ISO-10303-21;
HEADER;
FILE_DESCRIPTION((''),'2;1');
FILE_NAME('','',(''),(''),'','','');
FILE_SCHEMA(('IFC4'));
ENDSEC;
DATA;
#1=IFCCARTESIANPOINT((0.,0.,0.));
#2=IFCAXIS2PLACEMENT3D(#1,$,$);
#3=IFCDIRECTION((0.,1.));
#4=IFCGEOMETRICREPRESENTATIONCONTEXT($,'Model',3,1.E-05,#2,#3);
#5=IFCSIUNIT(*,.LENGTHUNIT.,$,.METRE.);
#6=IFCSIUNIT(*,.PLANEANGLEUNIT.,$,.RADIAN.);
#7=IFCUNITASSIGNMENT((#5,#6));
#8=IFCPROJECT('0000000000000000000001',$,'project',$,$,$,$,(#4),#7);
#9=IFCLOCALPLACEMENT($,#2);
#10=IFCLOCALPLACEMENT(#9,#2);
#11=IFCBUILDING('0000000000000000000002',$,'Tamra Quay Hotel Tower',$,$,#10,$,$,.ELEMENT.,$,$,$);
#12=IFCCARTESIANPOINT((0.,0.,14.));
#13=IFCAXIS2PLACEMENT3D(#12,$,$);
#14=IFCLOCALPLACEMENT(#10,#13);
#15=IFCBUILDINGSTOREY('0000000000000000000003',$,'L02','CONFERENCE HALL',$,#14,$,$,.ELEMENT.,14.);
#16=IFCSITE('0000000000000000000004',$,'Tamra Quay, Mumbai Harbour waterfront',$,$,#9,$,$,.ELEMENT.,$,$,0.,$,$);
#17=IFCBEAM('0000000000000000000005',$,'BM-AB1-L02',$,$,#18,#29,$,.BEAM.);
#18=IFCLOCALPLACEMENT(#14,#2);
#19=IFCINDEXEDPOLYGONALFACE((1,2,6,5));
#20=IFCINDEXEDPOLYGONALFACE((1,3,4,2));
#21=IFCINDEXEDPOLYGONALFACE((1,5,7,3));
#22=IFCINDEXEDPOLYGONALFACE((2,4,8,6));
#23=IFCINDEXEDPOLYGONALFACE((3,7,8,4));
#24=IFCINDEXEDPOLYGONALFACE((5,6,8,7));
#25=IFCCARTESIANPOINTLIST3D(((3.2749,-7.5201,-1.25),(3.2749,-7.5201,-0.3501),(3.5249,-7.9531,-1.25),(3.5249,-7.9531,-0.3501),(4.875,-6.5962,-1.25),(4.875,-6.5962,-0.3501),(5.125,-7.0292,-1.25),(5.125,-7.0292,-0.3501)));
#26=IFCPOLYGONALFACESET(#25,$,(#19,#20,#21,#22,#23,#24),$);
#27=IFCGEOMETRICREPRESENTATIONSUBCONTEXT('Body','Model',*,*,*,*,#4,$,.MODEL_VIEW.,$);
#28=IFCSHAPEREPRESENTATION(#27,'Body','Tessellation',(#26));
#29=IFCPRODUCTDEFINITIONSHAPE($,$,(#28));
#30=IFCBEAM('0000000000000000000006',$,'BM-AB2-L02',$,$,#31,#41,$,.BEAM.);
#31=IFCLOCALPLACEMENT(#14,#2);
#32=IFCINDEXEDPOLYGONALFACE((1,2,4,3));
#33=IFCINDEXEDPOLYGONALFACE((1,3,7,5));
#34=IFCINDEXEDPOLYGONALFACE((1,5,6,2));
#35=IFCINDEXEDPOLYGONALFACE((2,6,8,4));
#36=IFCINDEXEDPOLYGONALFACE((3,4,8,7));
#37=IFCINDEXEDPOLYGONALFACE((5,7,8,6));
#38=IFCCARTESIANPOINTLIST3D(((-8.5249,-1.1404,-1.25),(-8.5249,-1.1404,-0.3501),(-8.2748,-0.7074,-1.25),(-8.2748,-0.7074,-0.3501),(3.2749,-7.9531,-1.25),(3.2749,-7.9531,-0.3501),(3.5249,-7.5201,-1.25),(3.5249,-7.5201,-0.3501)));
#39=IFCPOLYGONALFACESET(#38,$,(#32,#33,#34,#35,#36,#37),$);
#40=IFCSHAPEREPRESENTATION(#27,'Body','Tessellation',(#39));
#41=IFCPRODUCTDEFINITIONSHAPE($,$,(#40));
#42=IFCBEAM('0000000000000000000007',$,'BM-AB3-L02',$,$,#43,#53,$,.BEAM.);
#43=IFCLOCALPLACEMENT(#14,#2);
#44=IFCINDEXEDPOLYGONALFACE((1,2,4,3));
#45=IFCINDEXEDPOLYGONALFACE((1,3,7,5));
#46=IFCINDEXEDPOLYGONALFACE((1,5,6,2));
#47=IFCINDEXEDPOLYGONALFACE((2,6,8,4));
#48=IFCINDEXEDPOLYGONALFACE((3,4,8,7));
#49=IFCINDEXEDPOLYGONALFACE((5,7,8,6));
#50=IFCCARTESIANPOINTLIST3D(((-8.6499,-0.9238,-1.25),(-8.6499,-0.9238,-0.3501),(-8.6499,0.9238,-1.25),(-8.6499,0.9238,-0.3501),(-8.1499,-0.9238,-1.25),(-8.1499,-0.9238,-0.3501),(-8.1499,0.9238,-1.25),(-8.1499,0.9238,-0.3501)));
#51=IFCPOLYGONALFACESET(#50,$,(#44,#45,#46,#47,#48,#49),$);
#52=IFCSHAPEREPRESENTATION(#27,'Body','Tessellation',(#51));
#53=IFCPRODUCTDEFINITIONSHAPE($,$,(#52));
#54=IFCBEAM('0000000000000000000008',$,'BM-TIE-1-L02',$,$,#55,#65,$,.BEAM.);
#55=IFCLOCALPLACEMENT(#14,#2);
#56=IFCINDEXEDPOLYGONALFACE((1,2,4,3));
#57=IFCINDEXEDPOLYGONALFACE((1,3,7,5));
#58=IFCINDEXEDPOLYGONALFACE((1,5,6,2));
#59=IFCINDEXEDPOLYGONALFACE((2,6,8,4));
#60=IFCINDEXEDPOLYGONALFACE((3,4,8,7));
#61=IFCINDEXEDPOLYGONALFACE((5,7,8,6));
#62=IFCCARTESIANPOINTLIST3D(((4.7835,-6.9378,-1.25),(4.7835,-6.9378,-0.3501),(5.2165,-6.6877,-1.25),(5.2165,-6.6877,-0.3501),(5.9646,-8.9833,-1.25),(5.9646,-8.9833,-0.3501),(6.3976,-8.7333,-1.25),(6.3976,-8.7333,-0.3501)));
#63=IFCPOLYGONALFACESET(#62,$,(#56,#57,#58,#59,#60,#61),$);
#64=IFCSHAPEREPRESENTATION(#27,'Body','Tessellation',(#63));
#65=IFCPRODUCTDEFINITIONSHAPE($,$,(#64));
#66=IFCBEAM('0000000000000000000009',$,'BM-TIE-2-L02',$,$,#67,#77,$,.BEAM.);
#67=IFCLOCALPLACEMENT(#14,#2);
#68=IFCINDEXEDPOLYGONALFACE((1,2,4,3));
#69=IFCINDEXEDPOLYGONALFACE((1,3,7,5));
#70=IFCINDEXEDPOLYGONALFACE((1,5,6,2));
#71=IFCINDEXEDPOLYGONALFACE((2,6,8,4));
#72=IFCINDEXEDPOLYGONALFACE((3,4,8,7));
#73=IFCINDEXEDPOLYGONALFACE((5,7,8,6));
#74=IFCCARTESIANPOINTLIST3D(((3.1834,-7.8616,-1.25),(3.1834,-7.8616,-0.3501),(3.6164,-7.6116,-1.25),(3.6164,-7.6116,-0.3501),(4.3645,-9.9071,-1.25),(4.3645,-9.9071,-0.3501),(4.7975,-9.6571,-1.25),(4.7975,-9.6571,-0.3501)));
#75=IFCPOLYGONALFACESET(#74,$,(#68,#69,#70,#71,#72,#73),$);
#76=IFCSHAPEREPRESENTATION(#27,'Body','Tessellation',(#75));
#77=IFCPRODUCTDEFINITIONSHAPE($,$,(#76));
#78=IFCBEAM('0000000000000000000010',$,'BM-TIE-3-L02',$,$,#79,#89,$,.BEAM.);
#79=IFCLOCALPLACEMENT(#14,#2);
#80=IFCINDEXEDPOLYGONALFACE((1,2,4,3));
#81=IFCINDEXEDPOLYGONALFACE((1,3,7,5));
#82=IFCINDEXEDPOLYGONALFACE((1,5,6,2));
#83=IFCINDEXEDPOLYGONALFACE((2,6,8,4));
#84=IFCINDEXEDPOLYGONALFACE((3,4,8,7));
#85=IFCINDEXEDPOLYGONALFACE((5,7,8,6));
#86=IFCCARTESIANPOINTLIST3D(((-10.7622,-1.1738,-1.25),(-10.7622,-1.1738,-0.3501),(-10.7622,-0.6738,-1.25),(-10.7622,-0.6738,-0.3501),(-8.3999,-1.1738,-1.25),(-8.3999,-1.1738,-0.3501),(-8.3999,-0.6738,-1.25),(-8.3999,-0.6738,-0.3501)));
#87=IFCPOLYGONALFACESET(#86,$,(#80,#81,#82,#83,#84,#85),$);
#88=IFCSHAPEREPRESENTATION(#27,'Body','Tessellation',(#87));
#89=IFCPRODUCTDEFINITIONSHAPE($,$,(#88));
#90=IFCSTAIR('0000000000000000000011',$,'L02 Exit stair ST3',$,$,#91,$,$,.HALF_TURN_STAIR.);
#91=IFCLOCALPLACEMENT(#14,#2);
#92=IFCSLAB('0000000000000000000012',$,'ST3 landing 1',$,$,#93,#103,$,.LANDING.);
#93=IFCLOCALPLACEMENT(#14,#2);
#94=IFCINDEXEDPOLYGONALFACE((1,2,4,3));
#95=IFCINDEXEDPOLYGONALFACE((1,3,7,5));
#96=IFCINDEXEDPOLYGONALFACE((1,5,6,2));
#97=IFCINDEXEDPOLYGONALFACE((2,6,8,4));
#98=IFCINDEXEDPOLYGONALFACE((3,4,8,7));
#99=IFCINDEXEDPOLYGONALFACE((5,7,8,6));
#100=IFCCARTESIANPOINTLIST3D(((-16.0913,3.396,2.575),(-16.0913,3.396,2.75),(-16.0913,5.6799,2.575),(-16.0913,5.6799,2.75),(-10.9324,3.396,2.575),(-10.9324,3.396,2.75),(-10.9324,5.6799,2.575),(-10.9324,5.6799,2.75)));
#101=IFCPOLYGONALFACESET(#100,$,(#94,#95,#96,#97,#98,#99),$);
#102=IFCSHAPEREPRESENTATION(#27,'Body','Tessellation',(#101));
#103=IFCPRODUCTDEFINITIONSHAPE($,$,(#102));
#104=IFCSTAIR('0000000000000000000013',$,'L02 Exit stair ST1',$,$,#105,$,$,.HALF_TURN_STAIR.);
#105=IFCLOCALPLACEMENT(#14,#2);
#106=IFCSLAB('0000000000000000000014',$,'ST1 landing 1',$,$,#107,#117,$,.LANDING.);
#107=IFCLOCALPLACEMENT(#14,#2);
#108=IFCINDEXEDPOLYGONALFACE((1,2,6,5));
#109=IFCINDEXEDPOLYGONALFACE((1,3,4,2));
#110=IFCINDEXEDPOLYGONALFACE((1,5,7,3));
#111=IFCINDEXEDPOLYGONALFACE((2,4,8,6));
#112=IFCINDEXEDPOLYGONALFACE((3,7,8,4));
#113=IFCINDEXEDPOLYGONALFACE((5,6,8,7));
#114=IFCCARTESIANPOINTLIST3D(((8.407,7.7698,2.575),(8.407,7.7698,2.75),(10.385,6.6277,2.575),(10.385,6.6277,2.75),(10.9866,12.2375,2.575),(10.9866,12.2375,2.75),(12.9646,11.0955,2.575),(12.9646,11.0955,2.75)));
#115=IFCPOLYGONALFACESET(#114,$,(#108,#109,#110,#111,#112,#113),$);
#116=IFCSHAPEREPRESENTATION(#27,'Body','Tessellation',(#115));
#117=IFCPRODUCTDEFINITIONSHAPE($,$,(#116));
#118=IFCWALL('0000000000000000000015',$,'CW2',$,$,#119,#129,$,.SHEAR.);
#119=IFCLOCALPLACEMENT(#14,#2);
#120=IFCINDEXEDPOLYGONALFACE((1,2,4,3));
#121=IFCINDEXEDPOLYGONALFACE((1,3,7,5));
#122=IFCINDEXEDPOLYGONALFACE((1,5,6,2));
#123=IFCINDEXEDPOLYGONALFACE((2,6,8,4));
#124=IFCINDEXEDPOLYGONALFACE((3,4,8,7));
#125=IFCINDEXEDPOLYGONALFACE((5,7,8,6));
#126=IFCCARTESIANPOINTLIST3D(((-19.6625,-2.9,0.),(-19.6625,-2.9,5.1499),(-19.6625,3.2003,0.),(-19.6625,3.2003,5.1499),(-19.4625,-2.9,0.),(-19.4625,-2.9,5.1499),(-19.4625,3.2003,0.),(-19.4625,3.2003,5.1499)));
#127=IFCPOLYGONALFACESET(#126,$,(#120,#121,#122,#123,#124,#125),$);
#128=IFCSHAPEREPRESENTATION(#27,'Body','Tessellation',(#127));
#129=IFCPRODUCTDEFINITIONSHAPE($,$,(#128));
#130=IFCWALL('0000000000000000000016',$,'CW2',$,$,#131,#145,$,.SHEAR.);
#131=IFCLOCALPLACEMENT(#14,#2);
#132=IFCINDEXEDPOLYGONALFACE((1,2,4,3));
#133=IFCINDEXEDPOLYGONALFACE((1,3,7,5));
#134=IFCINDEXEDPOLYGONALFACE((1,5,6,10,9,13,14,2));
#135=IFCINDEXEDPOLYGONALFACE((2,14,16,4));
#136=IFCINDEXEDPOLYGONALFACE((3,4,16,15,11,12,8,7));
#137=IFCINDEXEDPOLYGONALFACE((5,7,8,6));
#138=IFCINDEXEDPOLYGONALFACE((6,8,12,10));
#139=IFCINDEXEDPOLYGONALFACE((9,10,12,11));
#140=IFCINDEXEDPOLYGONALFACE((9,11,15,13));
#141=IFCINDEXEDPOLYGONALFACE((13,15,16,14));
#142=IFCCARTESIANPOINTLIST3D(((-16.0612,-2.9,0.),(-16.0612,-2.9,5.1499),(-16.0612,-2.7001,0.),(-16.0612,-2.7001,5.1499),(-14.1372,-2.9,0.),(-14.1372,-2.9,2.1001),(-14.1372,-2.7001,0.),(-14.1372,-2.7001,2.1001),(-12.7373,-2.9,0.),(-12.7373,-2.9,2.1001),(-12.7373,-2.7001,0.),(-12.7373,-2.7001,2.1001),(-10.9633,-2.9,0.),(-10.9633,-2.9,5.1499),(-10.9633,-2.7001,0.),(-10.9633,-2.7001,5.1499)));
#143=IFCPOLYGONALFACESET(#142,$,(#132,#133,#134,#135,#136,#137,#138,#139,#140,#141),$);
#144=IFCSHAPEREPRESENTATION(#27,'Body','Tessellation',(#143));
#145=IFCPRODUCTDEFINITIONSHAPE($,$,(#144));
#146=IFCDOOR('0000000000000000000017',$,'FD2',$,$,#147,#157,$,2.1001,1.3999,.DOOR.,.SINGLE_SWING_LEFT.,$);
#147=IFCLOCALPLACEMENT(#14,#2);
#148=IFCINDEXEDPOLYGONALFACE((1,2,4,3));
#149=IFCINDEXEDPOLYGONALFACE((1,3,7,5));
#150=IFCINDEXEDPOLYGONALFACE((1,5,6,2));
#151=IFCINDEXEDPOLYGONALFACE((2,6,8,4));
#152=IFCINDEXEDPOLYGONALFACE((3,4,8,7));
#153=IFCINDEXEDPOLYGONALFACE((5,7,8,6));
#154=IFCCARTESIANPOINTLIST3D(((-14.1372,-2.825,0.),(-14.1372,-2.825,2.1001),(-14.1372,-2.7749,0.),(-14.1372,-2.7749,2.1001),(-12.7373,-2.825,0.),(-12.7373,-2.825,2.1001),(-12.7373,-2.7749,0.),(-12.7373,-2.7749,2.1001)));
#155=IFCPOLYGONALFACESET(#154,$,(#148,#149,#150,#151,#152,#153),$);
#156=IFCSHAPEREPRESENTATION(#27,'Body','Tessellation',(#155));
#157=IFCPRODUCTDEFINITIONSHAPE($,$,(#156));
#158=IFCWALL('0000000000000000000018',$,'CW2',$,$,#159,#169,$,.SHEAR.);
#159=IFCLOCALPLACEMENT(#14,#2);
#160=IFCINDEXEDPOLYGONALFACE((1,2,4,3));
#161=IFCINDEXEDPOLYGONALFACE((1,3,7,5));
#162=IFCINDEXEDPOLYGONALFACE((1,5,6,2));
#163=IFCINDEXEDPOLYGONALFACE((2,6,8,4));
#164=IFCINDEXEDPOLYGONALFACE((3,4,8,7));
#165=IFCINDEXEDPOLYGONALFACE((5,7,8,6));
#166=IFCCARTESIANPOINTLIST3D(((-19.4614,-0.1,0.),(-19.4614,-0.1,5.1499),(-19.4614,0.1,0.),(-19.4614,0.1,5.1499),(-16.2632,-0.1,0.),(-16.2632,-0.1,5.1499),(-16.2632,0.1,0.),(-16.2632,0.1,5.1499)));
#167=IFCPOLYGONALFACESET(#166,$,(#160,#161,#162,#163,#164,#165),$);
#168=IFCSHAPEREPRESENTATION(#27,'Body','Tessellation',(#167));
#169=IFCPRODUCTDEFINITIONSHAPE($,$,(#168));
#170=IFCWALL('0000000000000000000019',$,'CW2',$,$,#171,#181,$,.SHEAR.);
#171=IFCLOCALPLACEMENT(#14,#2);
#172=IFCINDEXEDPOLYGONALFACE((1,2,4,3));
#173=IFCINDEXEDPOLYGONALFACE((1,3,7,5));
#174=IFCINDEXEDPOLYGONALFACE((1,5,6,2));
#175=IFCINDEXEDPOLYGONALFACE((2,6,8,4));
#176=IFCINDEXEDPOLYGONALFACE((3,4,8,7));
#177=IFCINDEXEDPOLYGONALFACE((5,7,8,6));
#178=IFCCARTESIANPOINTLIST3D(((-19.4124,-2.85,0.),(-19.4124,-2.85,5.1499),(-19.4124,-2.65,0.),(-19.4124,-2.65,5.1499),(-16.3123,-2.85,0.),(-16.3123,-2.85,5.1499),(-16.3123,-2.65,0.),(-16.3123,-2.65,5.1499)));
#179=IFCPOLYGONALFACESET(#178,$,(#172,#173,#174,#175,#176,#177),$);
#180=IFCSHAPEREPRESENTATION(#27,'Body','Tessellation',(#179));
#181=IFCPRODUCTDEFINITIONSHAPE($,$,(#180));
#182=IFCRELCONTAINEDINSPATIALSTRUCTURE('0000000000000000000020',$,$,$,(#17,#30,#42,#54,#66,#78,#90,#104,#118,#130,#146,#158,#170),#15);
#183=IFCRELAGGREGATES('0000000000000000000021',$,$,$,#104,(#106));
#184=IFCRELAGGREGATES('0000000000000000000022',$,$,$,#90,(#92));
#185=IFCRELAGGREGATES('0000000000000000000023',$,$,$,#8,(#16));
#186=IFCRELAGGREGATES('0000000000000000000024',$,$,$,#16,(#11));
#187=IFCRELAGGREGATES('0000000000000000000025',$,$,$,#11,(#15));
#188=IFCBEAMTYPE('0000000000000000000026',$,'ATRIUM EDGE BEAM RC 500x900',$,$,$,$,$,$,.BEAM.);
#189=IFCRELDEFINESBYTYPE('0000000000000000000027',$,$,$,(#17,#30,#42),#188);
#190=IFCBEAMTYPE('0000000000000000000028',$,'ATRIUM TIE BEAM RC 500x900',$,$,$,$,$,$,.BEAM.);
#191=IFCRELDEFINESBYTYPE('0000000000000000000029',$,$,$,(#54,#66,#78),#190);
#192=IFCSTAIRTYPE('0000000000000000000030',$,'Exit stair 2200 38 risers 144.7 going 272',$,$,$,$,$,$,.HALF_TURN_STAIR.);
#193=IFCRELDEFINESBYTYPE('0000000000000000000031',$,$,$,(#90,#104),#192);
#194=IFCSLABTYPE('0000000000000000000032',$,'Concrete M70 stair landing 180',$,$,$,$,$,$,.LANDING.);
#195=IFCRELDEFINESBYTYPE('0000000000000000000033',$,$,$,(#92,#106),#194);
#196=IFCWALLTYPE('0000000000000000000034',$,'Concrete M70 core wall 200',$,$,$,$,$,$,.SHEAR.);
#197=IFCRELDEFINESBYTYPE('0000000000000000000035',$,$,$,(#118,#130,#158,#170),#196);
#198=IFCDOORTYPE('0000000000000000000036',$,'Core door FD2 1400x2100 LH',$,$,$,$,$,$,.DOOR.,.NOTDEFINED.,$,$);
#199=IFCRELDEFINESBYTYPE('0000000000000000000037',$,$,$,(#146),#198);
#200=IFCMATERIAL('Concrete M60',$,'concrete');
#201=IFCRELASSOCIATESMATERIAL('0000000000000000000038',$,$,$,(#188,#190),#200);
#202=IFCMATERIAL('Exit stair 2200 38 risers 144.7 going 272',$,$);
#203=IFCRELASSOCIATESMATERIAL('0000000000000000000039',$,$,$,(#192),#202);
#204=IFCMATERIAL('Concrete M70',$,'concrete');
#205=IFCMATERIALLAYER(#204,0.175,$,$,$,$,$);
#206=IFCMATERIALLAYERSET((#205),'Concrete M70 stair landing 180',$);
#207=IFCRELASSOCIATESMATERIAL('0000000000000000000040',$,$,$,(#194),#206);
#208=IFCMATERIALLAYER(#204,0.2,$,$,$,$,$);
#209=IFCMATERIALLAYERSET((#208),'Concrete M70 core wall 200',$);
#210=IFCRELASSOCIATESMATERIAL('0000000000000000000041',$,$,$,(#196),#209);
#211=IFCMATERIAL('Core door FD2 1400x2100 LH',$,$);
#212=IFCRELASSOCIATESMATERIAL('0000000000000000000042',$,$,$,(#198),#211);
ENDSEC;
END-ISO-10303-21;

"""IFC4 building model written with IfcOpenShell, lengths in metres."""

from ifc_helpers import new_model, si_unit, direction, frame, frame_2d, origin, origin_2d, place, context, subcontext, project, spatial, polyline, rectangle, outline, extrude, material, layer, layer_set, material_profile, profile_set, type_object, element, fill, aggregate, save


model = new_model("IFC4")

# Units and contexts
model_context = context("Model", 3, precision=1e-05, world=origin(), true_north=direction((0.0, 1.0)))
body_context = subcontext(model_context, "Body", "Model", "MODEL_VIEW")
ifc_project = project(units=[si_unit("LENGTHUNIT", "METRE"), si_unit("PLANEANGLEUNIT", "RADIAN")], contexts=[model_context])

# Site, building, storey
site_placement = place(None, origin())
site = spatial("IfcSite", under=ifc_project, at=site_placement, Name="Tamra Quay, Mumbai Harbour waterfront", CompositionType="ELEMENT", RefElevation=0.0)
building_placement = place(site_placement, origin())
building = spatial("IfcBuilding", under=site, at=building_placement, Name="Tamra Quay Hotel Tower", CompositionType="ELEMENT")
storey_placement = place(building_placement, frame((0.0, 0.0, 14.0)))
storey = spatial("IfcBuildingStorey", under=building, at=storey_placement, Name="L02", Description="CONFERENCE HALL", CompositionType="ELEMENT", Elevation=14.0)

# Beams
ifc_material_1 = material(Name="Concrete M60", Category="concrete")
ifc_material_profile_1 = material_profile(ifc_material_1, rectangle(XDim=0.5, YDim=0.8999, at=origin_2d()), Name="ATRIUM EDGE BEAM RC 500x900")
ifc_profile_set_1 = profile_set([ifc_material_profile_1], Name="Concrete M60")
beam_type_1 = type_object("IfcBeamType", Name="ATRIUM EDGE BEAM RC 500x900", PredefinedType="BEAM", material=ifc_profile_set_1)
beam_1_placement = place(storey_placement, frame((5.0, -6.8127, -0.8), z_axis=(-0.866023, -0.500005, 0.0), x_axis=(0.500005, -0.866023, 0.0)))
element("IfcBeam", 1, at=beam_1_placement, inside=storey, type_object=beam_type_1, Name="BM-AB1-L02", PredefinedType="BEAM", context=body_context, shape_type="SweptSolid", body=[
    extrude(rectangle(XDim=0.5, YDim=0.8999, at=origin_2d()), origin(), (0.0, 0.0, 1.0), 1.8477),
])
beam_2_placement = place(storey_placement, frame((3.3999, -7.7366, -0.8), z_axis=(-0.866021, 0.500007, 0.0), x_axis=(-0.500007, -0.866021, 0.0)))
element("IfcBeam", 2, at=beam_2_placement, inside=storey, type_object=beam_type_1, Name="BM-AB2-L02", PredefinedType="BEAM", context=body_context, shape_type="SweptSolid", body=[
    extrude(rectangle(XDim=0.5, YDim=0.8999, at=origin_2d()), origin(), (0.0, 0.0, 1.0), 13.6252),
])
beam_3_placement = place(storey_placement, frame((-8.3999, -0.9238, -0.8), z_axis=(0.0, 1.0, 0.0), x_axis=(-1.0, 0.0, 0.0)))
element("IfcBeam", 3, at=beam_3_placement, inside=storey, type_object=beam_type_1, Name="BM-AB3-L02", PredefinedType="BEAM", context=body_context, shape_type="SweptSolid", body=[
    extrude(rectangle(XDim=0.5, YDim=0.8999, at=origin_2d()), origin(), (0.0, 0.0, 1.0), 1.8477),
])
ifc_material_profile_2 = material_profile(ifc_material_1, rectangle(XDim=0.5, YDim=0.8999, at=origin_2d()), Name="ATRIUM TIE BEAM RC 500x900")
ifc_profile_set_2 = profile_set([ifc_material_profile_2], Name="Concrete M60")
beam_type_2 = type_object("IfcBeamType", Name="ATRIUM TIE BEAM RC 500x900", PredefinedType="BEAM", material=ifc_profile_set_2)
for number, where, z_axis, x_axis, name in (
    (4, (5.0, -6.8127, -0.8), (0.50003, -0.866008, 0.0), (0.866008, 0.50003, 0.0), "BM-TIE-1-L02"),
    (5, (3.3999, -7.7366, -0.8), (0.50003, -0.866008, 0.0), (0.866008, 0.50003, 0.0), "BM-TIE-2-L02"),
):
    element("IfcBeam", number, at=place(storey_placement, frame(where, z_axis=z_axis, x_axis=x_axis)), inside=storey, type_object=beam_type_2, Name=name, PredefinedType="BEAM", context=body_context, shape_type="SweptSolid", body=[
        extrude(rectangle(XDim=0.5, YDim=0.8999, at=origin_2d()), origin(), (0.0, 0.0, 1.0), 2.3621),
    ])
beam_4_placement = place(storey_placement, frame((-8.3999, -0.9238, -0.8), z_axis=(-1.0, 0.0, 0.0), x_axis=(0.0, -1.0, 0.0)))
element("IfcBeam", 6, at=beam_4_placement, inside=storey, type_object=beam_type_2, Name="BM-TIE-3-L02", PredefinedType="BEAM", context=body_context, shape_type="SweptSolid", body=[
    extrude(rectangle(XDim=0.5, YDim=0.8999, at=origin_2d()), origin(), (0.0, 0.0, 1.0), 2.3623),
])

# Stairs, slabs
ifc_material_2 = material(Name="Exit stair 2200 38 risers 144.7 going 272")
stair_type = type_object("IfcStairType", Name="Exit stair 2200 38 risers 144.7 going 272", PredefinedType="HALF_TURN_STAIR", material=ifc_material_2)
stair_1_placement = place(storey_placement, origin())
stair_1 = element("IfcStair", 7, at=stair_1_placement, inside=storey, type_object=stair_type, Name="L02 Exit stair ST3", PredefinedType="HALF_TURN_STAIR")
ifc_material_3 = material(Name="Concrete M70", Category="concrete")
ifc_layer_1 = layer(ifc_material_3, 0.175)
ifc_layer_set_1 = layer_set([ifc_layer_1], Name="Concrete M70 stair landing 180")
slab_type_1 = type_object("IfcSlabType", Name="Concrete M70 stair landing 180", PredefinedType="LANDING", material=ifc_layer_set_1)
slab_1_placement = place(storey_placement, frame((0.0, 0.0, 2.575)))
slab_1 = element("IfcSlab", 8, at=slab_1_placement, type_object=slab_type_1, Name="ST3 landing 1", PredefinedType="LANDING", context=body_context, shape_type="SweptSolid", body=[
    extrude(outline(polyline([(-10.9324, 3.396), (-10.9324, 5.6799), (-16.0913, 5.6799), (-16.0913, 3.396), (-10.9324, 3.396)])), origin(), (0.0, 0.0, 1.0), 0.175),
])
stair_2_placement = place(storey_placement, origin())
stair_2 = element("IfcStair", 9, at=stair_2_placement, inside=storey, type_object=stair_type, Name="L02 Exit stair ST1", PredefinedType="HALF_TURN_STAIR")
slab_2_placement = place(storey_placement, frame((0.0, 0.0, 2.575)))
slab_2 = element("IfcSlab", 10, at=slab_2_placement, type_object=slab_type_1, Name="ST1 landing 1", PredefinedType="LANDING", context=body_context, shape_type="SweptSolid", body=[
    extrude(outline(polyline([(8.407, 7.7698), (10.385, 6.6277), (12.9646, 11.0955), (10.9866, 12.2375), (8.407, 7.7698)])), origin(), (0.0, 0.0, 1.0), 0.175),
])
aggregate(stair_2, [slab_2])

# Wall
ifc_layer_2 = layer(ifc_material_3, 0.2)
ifc_layer_set_2 = layer_set([ifc_layer_2], Name="Concrete M70 core wall 200")
wall_type_1 = type_object("IfcWallType", Name="Concrete M70 core wall 200", PredefinedType="SHEAR", material=ifc_layer_set_2)
wall_1_placement = place(storey_placement, frame((-19.5625, -2.9001, 0.0), z_axis=(0.0, 0.0, 1.0), x_axis=(0.0, 1.0, 0.0)))
element("IfcWall", 11, at=wall_1_placement, inside=storey, type_object=wall_type_1, Name="CW2", PredefinedType="SHEAR", context=body_context, shape_type="SweptSolid", body=[
    extrude(rectangle(XDim=6.1003, YDim=0.2, at=frame_2d((3.0503, 0.0))), origin(), (0.0, 0.0, 1.0), 5.1499),
])

# Wall, opening, door
wall_2_placement = place(storey_placement, frame((-10.9634, -2.8, 0.0), z_axis=(0.0, 0.0, 1.0), x_axis=(-1.0, 0.0, 0.0)))
wall_2 = element("IfcWall", 12, at=wall_2_placement, inside=storey, type_object=wall_type_1, Name="CW2", PredefinedType="SHEAR", context=body_context, shape_type="SweptSolid", body=[
    extrude(rectangle(XDim=5.0979, YDim=0.2, at=frame_2d((2.5488, 0.0))), origin(), (0.0, 0.0, 1.0), 5.1499),
])
opening_1_placement = place(wall_2_placement, frame((1.7739, 0.0, 0.0)))
opening_1 = element("IfcOpeningElement", 13, at=opening_1_placement, cuts=wall_2, PredefinedType="OPENING", context=body_context, shape_type="SweptSolid", body=[
    extrude(rectangle(XDim=1.3999, YDim=2.1001, at=frame_2d((0.7, 1.05))), frame((0.0, 0.1099, 0.0), z_axis=(0.0, -1.0, 0.0), x_axis=(1.0, 0.0, 0.0)), (0.0, 0.0, 1.0), 0.22),
])
ifc_material_4 = material(Name="Core door FD2 1400x2100 LH")
door_type_1 = type_object("IfcDoorType", Name="Core door FD2 1400x2100 LH", OperationType="NOTDEFINED", PredefinedType="DOOR", material=ifc_material_4)
door_1_placement = place(opening_1_placement, origin())
door_1 = element("IfcDoor", 14, at=door_1_placement, inside=storey, type_object=door_type_1, Name="FD2", OperationType="SINGLE_SWING_LEFT", OverallHeight=2.1001, OverallWidth=1.3999, PredefinedType="DOOR", context=body_context, shape_type="SweptSolid", body=[
    extrude(rectangle(XDim=1.3999, YDim=2.1001, at=frame_2d((0.7, 1.05))), frame((0.0, 0.0249, 0.0), z_axis=(0.0, -1.0, 0.0), x_axis=(1.0, 0.0, 0.0)), (0.0, 0.0, 1.0), 0.05),
])
fill(opening_1, door_1)

# Walls
wall_3_placement = place(storey_placement, frame((-16.2632, 0.0, 0.0), z_axis=(0.0, 0.0, 1.0), x_axis=(-1.0, 0.0, 0.0)))
element("IfcWall", 15, at=wall_3_placement, inside=storey, type_object=wall_type_1, Name="CW2", PredefinedType="SHEAR", context=body_context, shape_type="SweptSolid", body=[
    extrude(rectangle(XDim=3.1982, YDim=0.2, at=frame_2d((1.5991, 0.0))), origin(), (0.0, 0.0, 1.0), 5.1499),
])
wall_4_placement = place(storey_placement, frame((-19.4124, -2.75, 0.0), z_axis=(0.0, 0.0, 1.0), x_axis=(1.0, 0.0, 0.0)))
element("IfcWall", 16, at=wall_4_placement, inside=storey, type_object=wall_type_1, Name="CW2", PredefinedType="SHEAR", context=body_context, shape_type="SweptSolid", body=[
    extrude(rectangle(XDim=3.1001, YDim=0.2, at=frame_2d((1.55, 0.0))), origin(), (0.0, 0.0, 1.0), 5.1499),
])

aggregate(stair_1, [slab_1])

save(model, "model.ifc")
